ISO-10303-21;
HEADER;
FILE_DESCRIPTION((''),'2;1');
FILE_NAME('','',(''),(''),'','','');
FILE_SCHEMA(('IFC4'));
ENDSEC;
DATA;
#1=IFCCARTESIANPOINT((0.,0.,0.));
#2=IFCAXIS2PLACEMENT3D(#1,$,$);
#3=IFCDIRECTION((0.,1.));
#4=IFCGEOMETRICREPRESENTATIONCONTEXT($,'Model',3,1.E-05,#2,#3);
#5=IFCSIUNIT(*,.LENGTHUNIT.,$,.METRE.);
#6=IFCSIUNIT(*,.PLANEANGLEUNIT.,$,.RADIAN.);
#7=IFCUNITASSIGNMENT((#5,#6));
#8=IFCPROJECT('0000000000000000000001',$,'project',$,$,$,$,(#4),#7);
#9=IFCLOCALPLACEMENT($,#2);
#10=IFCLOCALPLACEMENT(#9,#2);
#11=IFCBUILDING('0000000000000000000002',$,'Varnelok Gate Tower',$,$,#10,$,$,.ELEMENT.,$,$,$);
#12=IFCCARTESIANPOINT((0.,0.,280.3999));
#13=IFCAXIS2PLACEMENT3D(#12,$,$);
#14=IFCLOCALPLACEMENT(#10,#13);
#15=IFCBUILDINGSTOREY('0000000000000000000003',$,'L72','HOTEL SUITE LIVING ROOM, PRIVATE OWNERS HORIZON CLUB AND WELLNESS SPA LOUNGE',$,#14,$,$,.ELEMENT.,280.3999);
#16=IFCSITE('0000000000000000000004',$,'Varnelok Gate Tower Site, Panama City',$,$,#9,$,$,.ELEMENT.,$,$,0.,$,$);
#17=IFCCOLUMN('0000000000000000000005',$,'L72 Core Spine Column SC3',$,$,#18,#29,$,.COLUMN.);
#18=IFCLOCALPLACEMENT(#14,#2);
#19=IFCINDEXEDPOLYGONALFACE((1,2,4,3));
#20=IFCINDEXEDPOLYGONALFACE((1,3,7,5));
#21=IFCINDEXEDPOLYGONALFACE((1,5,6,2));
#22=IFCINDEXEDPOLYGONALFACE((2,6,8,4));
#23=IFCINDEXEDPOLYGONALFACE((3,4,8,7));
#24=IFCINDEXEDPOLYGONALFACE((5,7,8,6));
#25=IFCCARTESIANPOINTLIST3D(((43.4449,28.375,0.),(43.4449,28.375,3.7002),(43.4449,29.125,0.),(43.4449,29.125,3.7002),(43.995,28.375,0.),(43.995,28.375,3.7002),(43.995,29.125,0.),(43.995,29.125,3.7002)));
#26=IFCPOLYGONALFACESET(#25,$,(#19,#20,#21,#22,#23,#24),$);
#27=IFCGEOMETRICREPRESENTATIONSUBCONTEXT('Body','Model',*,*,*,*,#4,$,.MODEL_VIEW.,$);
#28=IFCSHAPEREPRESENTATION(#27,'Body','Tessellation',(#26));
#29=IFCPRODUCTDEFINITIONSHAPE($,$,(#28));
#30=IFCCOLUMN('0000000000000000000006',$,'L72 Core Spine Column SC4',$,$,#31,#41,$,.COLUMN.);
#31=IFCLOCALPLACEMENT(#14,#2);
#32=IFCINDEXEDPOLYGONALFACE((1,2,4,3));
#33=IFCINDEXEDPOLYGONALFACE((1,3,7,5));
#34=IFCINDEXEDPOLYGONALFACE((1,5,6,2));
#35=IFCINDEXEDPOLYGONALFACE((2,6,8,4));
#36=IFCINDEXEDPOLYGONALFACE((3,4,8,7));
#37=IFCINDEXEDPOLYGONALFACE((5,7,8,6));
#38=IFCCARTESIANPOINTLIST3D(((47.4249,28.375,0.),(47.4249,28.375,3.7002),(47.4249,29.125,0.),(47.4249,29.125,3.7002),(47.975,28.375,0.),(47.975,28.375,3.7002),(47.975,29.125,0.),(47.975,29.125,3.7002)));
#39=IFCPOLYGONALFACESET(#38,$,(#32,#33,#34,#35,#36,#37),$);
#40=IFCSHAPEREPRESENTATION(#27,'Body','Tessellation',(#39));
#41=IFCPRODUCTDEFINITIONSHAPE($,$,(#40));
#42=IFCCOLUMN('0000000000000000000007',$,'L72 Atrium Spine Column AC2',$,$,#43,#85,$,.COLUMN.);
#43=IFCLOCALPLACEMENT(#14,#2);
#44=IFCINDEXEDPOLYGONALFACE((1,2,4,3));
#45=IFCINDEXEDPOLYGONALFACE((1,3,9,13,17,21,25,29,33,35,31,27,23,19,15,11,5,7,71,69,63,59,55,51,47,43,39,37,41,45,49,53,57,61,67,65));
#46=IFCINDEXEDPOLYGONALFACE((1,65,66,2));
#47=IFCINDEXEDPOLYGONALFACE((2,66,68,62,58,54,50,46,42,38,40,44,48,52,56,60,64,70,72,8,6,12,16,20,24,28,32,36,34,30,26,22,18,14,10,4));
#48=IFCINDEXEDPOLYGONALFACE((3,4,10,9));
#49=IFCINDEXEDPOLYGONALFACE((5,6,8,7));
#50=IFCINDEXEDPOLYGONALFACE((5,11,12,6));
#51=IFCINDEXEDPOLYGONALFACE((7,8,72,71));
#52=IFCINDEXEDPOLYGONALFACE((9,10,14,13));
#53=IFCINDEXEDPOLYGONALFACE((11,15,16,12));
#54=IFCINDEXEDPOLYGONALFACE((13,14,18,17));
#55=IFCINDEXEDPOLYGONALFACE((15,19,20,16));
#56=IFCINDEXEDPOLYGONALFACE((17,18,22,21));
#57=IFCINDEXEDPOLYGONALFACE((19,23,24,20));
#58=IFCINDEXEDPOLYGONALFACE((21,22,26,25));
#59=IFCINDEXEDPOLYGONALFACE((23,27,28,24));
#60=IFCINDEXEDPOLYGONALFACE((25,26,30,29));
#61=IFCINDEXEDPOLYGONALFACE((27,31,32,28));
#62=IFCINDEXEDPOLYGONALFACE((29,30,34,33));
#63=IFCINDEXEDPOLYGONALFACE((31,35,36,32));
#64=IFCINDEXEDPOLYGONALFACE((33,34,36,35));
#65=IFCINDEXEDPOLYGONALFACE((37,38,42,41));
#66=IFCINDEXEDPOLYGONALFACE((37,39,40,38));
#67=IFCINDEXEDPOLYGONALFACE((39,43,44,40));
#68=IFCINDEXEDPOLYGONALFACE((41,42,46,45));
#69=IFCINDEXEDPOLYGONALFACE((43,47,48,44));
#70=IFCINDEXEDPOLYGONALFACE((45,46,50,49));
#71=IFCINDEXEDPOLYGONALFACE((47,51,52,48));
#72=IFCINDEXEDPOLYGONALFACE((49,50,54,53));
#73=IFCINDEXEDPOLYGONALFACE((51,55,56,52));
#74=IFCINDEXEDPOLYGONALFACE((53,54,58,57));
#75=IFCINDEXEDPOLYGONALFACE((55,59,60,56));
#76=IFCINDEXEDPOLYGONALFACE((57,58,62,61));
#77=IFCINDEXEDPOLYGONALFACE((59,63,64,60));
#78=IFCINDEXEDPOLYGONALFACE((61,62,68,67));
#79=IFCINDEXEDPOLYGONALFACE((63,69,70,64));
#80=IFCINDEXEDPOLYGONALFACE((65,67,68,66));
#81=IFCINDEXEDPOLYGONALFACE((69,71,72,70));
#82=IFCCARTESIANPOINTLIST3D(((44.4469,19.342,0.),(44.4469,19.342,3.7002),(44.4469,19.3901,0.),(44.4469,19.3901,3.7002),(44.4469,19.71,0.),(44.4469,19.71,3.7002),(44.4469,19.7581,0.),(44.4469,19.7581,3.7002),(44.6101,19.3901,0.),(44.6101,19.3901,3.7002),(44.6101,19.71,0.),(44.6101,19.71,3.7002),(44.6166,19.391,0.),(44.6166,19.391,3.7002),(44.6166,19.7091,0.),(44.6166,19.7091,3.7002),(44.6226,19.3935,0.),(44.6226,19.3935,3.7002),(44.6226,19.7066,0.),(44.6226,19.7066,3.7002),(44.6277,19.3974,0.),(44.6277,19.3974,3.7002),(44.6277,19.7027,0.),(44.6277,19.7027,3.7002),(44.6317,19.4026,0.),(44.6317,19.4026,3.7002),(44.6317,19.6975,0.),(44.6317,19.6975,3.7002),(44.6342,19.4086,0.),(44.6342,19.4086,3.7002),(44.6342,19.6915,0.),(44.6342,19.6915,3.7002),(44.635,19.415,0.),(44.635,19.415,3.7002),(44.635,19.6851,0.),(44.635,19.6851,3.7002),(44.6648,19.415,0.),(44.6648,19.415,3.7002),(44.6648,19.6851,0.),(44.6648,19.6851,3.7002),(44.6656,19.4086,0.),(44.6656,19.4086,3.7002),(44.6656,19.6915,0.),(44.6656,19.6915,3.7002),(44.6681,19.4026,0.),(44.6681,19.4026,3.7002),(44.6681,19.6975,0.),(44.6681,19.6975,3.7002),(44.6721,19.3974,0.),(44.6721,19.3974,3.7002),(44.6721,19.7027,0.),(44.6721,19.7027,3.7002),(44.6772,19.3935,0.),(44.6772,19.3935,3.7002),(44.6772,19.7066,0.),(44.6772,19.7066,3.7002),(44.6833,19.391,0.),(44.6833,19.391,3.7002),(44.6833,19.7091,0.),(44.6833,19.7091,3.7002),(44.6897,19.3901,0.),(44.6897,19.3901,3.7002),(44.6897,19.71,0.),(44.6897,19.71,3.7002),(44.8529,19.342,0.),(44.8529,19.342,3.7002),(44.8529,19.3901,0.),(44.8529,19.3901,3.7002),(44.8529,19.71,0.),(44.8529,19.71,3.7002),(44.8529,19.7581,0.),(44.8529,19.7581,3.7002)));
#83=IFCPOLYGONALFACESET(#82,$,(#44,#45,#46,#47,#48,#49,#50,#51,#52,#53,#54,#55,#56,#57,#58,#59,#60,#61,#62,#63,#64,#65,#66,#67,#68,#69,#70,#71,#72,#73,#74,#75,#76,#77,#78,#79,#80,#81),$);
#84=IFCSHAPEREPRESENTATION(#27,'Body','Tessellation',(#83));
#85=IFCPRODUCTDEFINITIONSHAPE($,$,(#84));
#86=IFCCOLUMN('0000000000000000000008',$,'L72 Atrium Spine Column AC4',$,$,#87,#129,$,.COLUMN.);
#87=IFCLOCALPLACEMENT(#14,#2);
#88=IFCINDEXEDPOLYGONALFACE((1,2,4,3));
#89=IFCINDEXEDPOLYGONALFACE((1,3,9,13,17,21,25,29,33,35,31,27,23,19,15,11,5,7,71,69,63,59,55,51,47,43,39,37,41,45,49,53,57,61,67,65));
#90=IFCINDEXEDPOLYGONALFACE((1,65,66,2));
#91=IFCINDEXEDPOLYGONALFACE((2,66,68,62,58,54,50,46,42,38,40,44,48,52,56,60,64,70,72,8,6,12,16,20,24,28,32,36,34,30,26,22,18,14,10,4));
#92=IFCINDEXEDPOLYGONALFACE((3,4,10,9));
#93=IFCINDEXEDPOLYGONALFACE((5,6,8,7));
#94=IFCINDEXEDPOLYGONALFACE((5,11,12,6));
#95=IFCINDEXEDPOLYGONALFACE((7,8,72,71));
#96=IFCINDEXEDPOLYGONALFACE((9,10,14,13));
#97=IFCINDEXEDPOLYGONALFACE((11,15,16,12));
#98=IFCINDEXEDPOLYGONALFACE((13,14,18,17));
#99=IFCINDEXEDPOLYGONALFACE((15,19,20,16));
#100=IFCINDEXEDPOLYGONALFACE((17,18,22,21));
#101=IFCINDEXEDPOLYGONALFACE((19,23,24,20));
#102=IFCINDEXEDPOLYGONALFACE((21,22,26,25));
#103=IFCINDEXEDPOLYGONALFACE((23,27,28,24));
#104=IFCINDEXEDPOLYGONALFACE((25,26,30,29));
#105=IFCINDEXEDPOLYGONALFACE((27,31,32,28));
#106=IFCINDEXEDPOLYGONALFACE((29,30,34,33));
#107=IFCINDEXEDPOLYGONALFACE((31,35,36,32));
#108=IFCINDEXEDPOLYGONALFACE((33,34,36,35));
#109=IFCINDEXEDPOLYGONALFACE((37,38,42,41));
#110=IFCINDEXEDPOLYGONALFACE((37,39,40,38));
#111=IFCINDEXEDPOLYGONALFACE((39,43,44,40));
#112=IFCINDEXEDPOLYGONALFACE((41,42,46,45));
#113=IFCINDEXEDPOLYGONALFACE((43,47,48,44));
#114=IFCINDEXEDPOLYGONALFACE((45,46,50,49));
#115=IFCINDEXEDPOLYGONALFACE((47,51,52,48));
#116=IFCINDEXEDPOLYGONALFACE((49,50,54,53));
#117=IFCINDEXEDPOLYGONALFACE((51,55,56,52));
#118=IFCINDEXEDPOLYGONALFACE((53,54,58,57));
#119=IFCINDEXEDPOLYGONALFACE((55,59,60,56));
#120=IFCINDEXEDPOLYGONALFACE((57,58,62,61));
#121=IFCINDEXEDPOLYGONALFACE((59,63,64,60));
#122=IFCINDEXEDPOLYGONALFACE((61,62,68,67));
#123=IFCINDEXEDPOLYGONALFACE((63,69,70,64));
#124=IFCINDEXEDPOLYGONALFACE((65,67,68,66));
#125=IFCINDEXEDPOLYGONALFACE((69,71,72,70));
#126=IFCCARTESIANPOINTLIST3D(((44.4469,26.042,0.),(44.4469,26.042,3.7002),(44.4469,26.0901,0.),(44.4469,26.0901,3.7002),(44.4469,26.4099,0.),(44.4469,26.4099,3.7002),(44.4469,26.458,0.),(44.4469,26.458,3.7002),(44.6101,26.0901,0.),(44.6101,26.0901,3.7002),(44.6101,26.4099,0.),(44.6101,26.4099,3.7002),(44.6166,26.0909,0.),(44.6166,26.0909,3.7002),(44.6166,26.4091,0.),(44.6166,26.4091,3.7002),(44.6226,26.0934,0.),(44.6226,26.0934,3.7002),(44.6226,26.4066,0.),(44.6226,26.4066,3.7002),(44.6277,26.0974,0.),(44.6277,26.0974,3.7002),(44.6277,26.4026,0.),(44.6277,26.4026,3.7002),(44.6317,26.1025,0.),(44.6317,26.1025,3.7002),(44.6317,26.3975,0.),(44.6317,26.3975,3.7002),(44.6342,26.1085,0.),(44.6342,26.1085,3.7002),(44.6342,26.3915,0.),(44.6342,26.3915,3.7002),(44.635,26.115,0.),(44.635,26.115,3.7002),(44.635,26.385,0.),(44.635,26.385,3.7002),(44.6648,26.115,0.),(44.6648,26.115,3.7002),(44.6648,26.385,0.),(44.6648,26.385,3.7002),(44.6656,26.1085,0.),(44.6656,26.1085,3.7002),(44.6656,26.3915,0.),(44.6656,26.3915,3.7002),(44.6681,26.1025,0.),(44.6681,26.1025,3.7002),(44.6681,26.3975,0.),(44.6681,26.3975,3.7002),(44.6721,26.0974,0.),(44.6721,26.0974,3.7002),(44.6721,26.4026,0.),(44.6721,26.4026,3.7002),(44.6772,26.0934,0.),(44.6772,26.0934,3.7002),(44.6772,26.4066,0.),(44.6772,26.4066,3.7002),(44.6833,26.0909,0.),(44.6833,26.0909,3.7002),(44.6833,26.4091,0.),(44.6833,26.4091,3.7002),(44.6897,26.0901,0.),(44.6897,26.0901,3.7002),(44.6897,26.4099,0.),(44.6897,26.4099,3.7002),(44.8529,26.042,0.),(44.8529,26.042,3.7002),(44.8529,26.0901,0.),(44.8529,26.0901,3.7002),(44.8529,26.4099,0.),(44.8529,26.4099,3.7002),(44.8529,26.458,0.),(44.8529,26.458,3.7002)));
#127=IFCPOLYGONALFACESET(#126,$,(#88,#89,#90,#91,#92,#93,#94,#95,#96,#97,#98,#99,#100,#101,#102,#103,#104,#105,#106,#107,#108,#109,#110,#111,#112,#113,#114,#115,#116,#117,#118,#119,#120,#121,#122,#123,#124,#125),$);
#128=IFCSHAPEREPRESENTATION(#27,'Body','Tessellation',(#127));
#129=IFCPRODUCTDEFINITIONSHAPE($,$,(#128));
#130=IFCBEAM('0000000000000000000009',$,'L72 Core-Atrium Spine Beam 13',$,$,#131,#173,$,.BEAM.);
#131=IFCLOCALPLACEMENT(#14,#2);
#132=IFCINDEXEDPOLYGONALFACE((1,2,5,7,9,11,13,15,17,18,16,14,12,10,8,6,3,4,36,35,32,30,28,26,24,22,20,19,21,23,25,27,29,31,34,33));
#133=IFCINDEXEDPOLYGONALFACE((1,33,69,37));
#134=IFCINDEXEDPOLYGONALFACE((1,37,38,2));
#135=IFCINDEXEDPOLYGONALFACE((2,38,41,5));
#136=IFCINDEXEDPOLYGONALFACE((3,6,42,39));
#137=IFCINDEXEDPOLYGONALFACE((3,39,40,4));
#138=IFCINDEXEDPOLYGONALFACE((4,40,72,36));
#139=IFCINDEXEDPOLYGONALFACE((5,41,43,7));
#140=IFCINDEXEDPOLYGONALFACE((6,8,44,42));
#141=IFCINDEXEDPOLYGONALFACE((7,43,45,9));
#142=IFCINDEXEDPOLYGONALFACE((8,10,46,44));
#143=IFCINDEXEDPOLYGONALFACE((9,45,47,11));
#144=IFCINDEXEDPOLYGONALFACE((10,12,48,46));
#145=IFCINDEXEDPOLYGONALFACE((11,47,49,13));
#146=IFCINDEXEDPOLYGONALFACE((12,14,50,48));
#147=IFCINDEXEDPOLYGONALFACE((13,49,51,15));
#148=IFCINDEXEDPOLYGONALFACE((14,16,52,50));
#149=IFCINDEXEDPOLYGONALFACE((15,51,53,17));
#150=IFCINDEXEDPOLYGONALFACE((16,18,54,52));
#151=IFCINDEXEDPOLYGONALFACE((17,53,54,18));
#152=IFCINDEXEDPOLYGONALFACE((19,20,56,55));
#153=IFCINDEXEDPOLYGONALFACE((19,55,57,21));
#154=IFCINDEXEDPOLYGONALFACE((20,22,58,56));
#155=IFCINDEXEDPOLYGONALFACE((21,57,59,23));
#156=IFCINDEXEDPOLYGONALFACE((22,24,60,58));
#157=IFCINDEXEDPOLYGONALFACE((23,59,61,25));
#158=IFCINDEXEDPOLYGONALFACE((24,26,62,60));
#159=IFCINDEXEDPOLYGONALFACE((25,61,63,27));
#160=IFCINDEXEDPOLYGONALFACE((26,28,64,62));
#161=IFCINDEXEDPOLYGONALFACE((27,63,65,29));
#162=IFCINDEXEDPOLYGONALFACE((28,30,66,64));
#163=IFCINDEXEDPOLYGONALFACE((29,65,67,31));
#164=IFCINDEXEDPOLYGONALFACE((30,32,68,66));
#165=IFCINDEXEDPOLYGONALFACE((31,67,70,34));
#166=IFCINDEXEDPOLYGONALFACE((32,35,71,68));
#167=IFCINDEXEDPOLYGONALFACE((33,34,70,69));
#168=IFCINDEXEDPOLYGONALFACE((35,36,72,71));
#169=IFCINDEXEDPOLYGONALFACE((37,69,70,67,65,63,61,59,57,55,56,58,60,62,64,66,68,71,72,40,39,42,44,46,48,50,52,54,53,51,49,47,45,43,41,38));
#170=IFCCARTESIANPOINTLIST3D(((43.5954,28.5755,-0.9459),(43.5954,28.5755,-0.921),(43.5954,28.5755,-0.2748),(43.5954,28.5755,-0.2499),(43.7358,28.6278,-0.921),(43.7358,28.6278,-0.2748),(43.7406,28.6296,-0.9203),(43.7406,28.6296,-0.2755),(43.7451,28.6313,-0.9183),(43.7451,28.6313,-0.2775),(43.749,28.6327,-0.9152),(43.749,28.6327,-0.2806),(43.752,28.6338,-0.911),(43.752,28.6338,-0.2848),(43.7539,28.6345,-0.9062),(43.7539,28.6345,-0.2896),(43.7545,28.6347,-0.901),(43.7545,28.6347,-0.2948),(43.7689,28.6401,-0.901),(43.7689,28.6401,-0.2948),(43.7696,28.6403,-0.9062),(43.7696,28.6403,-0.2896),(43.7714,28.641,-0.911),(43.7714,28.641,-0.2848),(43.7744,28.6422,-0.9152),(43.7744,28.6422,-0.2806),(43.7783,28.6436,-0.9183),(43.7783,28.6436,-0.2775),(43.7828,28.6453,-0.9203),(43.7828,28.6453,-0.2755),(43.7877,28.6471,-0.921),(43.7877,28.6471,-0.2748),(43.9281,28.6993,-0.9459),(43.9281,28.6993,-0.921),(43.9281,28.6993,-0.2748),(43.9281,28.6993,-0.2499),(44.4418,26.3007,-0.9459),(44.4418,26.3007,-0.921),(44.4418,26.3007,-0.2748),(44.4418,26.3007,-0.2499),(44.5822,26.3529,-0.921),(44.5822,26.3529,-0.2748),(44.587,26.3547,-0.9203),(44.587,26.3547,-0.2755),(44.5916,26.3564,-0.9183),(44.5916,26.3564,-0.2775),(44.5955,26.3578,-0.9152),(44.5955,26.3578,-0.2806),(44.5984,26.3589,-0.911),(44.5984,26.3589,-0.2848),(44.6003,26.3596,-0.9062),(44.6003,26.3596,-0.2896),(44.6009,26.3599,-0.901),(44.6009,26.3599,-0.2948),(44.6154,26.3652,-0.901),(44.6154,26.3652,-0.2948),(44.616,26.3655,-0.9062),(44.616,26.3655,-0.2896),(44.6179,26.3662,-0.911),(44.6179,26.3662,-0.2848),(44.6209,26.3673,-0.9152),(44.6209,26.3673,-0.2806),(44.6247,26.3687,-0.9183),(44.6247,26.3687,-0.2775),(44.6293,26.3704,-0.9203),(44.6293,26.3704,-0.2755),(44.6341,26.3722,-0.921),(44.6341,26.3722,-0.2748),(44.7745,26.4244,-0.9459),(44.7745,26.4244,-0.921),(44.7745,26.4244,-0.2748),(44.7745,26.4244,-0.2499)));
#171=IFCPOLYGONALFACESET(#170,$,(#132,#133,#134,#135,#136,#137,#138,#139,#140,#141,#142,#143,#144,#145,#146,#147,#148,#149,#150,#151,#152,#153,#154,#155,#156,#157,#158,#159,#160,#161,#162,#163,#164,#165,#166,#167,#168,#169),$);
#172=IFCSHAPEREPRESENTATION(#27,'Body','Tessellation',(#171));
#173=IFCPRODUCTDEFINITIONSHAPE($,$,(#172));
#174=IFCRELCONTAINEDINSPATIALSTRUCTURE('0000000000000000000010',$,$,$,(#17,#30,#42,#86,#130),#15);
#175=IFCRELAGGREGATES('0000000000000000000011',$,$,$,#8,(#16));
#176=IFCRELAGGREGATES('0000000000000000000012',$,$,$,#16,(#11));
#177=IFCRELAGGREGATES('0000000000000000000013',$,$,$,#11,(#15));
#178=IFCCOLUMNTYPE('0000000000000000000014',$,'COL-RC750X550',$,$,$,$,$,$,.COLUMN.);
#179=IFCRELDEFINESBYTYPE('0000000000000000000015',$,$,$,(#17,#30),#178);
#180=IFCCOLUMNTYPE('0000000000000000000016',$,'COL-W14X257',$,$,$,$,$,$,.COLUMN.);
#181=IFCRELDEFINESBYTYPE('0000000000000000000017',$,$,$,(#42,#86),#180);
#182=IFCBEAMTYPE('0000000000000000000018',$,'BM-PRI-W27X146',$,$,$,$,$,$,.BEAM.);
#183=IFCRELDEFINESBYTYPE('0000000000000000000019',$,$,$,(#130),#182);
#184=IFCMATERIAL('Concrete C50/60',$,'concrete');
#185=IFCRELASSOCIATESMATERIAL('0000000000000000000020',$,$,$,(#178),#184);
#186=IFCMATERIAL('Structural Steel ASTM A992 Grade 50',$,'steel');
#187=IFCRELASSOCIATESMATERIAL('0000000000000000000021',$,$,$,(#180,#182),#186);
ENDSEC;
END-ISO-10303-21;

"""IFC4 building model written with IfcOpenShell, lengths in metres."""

from ifc_helpers import new_model, si_unit, direction, frame, origin, origin_2d, place, context, subcontext, project, spatial, rectangle, i_section, extrude, material, material_profile, profile_set, type_object, element, save


model = new_model("IFC4")

# Units and contexts
model_context = context("Model", 3, precision=1e-05, world=origin(), true_north=direction((0.0, 1.0)))
body_context = subcontext(model_context, "Body", "Model", "MODEL_VIEW")
ifc_project = project(units=[si_unit("LENGTHUNIT", "METRE"), si_unit("PLANEANGLEUNIT", "RADIAN")], contexts=[model_context])

# Site, building, storey
site_placement = place(None, origin())
site = spatial("IfcSite", under=ifc_project, at=site_placement, Name="Varnelok Gate Tower Site, Panama City", CompositionType="ELEMENT", RefElevation=0.0)
building_placement = place(site_placement, origin())
building = spatial("IfcBuilding", under=site, at=building_placement, Name="Varnelok Gate Tower", CompositionType="ELEMENT")
storey_placement = place(building_placement, frame((0.0, 0.0, 280.3999)))
storey = spatial("IfcBuildingStorey", under=building, at=storey_placement, Name="L72", Description="HOTEL SUITE LIVING ROOM, PRIVATE OWNERS HORIZON CLUB AND WELLNESS SPA LOUNGE", CompositionType="ELEMENT", Elevation=280.3999)

# Columns
ifc_material_1 = material(Name="Concrete C50/60", Category="concrete")
ifc_material_profile_1 = material_profile(ifc_material_1, rectangle(XDim=0.55, YDim=0.75, at=origin_2d()), Name="RC750X550")
ifc_profile_set_1 = profile_set([ifc_material_profile_1], Name="Concrete C50/60")
column_type_1 = type_object("IfcColumnType", Name="COL-RC750X550", PredefinedType="COLUMN", material=ifc_profile_set_1)
for number, where, z_axis, x_axis, name in (
    (1, (43.72, 28.75, 0.0), (0.0, 0.0, 1.0), (1.0, 0.0, 0.0), "L72 Core Spine Column SC3"),
    (2, (47.7, 28.75, 0.0), (0.0, 0.0, 1.0), (1.0, 0.0, 0.0), "L72 Core Spine Column SC4"),
):
    element("IfcColumn", number, at=place(storey_placement, frame(where, z_axis=z_axis, x_axis=x_axis)), inside=storey, type_object=column_type_1, Name=name, PredefinedType="COLUMN", context=body_context, shape_type="SweptSolid", body=[
        extrude(rectangle(XDim=0.55, YDim=0.75, at=origin_2d()), origin(), (0.0, 0.0, 1.0), 3.7002),
    ])
ifc_material_2 = material(Name="Structural Steel ASTM A992 Grade 50", Category="steel")
ifc_material_profile_2 = material_profile(ifc_material_2, i_section(OverallWidth=0.406, OverallDepth=0.416, WebThickness=0.0298, FlangeThickness=0.0481, FilletRadius=0.0249, at=origin_2d()), Name="W14X257")
ifc_profile_set_2 = profile_set([ifc_material_profile_2], Name="Structural Steel ASTM A992 Grade 50")
column_type_2 = type_object("IfcColumnType", Name="COL-W14X257", PredefinedType="COLUMN", material=ifc_profile_set_2)
for number, where, z_axis, x_axis, name in (
    (3, (44.6499, 19.55, 0.0), (0.0, 0.0, 1.0), (1.0, 0.0, 0.0), "L72 Atrium Spine Column AC2"),
    (4, (44.6499, 26.25, 0.0), (0.0, 0.0, 1.0), (1.0, 0.0, 0.0), "L72 Atrium Spine Column AC4"),
):
    element("IfcColumn", number, at=place(storey_placement, frame(where, z_axis=z_axis, x_axis=x_axis)), inside=storey, type_object=column_type_2, Name=name, PredefinedType="COLUMN", context=body_context, shape_type="SweptSolid", body=[
        extrude(i_section(OverallWidth=0.406, OverallDepth=0.416, WebThickness=0.0298, FlangeThickness=0.0481, FilletRadius=0.0249, at=origin_2d()), origin(), (0.0, 0.0, 1.0), 3.7002),
    ])

# Beam
ifc_material_profile_3 = material_profile(ifc_material_2, i_section(OverallWidth=0.355, OverallDepth=0.696, WebThickness=0.0154, FlangeThickness=0.0249, FilletRadius=0.02, at=origin_2d()), Name="W27X146")
ifc_profile_set_3 = profile_set([ifc_material_profile_3], Name="Structural Steel ASTM A992 Grade 50")
beam_type_1 = type_object("IfcBeamType", Name="BM-PRI-W27X146", PredefinedType="BEAM", material=ifc_profile_set_3)
beam_1_placement = place(storey_placement, frame((44.6082, 26.3625, -0.5979), z_axis=(-0.348719, 0.937227, 0.0), x_axis=(-0.937227, -0.348719, 0.0)))
element("IfcBeam", 5, at=beam_1_placement, inside=storey, type_object=beam_type_1, Name="L72 Core-Atrium Spine Beam 13", PredefinedType="BEAM", context=body_context, shape_type="SweptSolid", body=[
    extrude(i_section(OverallWidth=0.355, OverallDepth=0.696, WebThickness=0.0154, FlangeThickness=0.0249, FilletRadius=0.02, at=origin_2d()), origin(), (0.0, 0.0, 1.0), 2.4272),
])

save(model, "model.ifc")
